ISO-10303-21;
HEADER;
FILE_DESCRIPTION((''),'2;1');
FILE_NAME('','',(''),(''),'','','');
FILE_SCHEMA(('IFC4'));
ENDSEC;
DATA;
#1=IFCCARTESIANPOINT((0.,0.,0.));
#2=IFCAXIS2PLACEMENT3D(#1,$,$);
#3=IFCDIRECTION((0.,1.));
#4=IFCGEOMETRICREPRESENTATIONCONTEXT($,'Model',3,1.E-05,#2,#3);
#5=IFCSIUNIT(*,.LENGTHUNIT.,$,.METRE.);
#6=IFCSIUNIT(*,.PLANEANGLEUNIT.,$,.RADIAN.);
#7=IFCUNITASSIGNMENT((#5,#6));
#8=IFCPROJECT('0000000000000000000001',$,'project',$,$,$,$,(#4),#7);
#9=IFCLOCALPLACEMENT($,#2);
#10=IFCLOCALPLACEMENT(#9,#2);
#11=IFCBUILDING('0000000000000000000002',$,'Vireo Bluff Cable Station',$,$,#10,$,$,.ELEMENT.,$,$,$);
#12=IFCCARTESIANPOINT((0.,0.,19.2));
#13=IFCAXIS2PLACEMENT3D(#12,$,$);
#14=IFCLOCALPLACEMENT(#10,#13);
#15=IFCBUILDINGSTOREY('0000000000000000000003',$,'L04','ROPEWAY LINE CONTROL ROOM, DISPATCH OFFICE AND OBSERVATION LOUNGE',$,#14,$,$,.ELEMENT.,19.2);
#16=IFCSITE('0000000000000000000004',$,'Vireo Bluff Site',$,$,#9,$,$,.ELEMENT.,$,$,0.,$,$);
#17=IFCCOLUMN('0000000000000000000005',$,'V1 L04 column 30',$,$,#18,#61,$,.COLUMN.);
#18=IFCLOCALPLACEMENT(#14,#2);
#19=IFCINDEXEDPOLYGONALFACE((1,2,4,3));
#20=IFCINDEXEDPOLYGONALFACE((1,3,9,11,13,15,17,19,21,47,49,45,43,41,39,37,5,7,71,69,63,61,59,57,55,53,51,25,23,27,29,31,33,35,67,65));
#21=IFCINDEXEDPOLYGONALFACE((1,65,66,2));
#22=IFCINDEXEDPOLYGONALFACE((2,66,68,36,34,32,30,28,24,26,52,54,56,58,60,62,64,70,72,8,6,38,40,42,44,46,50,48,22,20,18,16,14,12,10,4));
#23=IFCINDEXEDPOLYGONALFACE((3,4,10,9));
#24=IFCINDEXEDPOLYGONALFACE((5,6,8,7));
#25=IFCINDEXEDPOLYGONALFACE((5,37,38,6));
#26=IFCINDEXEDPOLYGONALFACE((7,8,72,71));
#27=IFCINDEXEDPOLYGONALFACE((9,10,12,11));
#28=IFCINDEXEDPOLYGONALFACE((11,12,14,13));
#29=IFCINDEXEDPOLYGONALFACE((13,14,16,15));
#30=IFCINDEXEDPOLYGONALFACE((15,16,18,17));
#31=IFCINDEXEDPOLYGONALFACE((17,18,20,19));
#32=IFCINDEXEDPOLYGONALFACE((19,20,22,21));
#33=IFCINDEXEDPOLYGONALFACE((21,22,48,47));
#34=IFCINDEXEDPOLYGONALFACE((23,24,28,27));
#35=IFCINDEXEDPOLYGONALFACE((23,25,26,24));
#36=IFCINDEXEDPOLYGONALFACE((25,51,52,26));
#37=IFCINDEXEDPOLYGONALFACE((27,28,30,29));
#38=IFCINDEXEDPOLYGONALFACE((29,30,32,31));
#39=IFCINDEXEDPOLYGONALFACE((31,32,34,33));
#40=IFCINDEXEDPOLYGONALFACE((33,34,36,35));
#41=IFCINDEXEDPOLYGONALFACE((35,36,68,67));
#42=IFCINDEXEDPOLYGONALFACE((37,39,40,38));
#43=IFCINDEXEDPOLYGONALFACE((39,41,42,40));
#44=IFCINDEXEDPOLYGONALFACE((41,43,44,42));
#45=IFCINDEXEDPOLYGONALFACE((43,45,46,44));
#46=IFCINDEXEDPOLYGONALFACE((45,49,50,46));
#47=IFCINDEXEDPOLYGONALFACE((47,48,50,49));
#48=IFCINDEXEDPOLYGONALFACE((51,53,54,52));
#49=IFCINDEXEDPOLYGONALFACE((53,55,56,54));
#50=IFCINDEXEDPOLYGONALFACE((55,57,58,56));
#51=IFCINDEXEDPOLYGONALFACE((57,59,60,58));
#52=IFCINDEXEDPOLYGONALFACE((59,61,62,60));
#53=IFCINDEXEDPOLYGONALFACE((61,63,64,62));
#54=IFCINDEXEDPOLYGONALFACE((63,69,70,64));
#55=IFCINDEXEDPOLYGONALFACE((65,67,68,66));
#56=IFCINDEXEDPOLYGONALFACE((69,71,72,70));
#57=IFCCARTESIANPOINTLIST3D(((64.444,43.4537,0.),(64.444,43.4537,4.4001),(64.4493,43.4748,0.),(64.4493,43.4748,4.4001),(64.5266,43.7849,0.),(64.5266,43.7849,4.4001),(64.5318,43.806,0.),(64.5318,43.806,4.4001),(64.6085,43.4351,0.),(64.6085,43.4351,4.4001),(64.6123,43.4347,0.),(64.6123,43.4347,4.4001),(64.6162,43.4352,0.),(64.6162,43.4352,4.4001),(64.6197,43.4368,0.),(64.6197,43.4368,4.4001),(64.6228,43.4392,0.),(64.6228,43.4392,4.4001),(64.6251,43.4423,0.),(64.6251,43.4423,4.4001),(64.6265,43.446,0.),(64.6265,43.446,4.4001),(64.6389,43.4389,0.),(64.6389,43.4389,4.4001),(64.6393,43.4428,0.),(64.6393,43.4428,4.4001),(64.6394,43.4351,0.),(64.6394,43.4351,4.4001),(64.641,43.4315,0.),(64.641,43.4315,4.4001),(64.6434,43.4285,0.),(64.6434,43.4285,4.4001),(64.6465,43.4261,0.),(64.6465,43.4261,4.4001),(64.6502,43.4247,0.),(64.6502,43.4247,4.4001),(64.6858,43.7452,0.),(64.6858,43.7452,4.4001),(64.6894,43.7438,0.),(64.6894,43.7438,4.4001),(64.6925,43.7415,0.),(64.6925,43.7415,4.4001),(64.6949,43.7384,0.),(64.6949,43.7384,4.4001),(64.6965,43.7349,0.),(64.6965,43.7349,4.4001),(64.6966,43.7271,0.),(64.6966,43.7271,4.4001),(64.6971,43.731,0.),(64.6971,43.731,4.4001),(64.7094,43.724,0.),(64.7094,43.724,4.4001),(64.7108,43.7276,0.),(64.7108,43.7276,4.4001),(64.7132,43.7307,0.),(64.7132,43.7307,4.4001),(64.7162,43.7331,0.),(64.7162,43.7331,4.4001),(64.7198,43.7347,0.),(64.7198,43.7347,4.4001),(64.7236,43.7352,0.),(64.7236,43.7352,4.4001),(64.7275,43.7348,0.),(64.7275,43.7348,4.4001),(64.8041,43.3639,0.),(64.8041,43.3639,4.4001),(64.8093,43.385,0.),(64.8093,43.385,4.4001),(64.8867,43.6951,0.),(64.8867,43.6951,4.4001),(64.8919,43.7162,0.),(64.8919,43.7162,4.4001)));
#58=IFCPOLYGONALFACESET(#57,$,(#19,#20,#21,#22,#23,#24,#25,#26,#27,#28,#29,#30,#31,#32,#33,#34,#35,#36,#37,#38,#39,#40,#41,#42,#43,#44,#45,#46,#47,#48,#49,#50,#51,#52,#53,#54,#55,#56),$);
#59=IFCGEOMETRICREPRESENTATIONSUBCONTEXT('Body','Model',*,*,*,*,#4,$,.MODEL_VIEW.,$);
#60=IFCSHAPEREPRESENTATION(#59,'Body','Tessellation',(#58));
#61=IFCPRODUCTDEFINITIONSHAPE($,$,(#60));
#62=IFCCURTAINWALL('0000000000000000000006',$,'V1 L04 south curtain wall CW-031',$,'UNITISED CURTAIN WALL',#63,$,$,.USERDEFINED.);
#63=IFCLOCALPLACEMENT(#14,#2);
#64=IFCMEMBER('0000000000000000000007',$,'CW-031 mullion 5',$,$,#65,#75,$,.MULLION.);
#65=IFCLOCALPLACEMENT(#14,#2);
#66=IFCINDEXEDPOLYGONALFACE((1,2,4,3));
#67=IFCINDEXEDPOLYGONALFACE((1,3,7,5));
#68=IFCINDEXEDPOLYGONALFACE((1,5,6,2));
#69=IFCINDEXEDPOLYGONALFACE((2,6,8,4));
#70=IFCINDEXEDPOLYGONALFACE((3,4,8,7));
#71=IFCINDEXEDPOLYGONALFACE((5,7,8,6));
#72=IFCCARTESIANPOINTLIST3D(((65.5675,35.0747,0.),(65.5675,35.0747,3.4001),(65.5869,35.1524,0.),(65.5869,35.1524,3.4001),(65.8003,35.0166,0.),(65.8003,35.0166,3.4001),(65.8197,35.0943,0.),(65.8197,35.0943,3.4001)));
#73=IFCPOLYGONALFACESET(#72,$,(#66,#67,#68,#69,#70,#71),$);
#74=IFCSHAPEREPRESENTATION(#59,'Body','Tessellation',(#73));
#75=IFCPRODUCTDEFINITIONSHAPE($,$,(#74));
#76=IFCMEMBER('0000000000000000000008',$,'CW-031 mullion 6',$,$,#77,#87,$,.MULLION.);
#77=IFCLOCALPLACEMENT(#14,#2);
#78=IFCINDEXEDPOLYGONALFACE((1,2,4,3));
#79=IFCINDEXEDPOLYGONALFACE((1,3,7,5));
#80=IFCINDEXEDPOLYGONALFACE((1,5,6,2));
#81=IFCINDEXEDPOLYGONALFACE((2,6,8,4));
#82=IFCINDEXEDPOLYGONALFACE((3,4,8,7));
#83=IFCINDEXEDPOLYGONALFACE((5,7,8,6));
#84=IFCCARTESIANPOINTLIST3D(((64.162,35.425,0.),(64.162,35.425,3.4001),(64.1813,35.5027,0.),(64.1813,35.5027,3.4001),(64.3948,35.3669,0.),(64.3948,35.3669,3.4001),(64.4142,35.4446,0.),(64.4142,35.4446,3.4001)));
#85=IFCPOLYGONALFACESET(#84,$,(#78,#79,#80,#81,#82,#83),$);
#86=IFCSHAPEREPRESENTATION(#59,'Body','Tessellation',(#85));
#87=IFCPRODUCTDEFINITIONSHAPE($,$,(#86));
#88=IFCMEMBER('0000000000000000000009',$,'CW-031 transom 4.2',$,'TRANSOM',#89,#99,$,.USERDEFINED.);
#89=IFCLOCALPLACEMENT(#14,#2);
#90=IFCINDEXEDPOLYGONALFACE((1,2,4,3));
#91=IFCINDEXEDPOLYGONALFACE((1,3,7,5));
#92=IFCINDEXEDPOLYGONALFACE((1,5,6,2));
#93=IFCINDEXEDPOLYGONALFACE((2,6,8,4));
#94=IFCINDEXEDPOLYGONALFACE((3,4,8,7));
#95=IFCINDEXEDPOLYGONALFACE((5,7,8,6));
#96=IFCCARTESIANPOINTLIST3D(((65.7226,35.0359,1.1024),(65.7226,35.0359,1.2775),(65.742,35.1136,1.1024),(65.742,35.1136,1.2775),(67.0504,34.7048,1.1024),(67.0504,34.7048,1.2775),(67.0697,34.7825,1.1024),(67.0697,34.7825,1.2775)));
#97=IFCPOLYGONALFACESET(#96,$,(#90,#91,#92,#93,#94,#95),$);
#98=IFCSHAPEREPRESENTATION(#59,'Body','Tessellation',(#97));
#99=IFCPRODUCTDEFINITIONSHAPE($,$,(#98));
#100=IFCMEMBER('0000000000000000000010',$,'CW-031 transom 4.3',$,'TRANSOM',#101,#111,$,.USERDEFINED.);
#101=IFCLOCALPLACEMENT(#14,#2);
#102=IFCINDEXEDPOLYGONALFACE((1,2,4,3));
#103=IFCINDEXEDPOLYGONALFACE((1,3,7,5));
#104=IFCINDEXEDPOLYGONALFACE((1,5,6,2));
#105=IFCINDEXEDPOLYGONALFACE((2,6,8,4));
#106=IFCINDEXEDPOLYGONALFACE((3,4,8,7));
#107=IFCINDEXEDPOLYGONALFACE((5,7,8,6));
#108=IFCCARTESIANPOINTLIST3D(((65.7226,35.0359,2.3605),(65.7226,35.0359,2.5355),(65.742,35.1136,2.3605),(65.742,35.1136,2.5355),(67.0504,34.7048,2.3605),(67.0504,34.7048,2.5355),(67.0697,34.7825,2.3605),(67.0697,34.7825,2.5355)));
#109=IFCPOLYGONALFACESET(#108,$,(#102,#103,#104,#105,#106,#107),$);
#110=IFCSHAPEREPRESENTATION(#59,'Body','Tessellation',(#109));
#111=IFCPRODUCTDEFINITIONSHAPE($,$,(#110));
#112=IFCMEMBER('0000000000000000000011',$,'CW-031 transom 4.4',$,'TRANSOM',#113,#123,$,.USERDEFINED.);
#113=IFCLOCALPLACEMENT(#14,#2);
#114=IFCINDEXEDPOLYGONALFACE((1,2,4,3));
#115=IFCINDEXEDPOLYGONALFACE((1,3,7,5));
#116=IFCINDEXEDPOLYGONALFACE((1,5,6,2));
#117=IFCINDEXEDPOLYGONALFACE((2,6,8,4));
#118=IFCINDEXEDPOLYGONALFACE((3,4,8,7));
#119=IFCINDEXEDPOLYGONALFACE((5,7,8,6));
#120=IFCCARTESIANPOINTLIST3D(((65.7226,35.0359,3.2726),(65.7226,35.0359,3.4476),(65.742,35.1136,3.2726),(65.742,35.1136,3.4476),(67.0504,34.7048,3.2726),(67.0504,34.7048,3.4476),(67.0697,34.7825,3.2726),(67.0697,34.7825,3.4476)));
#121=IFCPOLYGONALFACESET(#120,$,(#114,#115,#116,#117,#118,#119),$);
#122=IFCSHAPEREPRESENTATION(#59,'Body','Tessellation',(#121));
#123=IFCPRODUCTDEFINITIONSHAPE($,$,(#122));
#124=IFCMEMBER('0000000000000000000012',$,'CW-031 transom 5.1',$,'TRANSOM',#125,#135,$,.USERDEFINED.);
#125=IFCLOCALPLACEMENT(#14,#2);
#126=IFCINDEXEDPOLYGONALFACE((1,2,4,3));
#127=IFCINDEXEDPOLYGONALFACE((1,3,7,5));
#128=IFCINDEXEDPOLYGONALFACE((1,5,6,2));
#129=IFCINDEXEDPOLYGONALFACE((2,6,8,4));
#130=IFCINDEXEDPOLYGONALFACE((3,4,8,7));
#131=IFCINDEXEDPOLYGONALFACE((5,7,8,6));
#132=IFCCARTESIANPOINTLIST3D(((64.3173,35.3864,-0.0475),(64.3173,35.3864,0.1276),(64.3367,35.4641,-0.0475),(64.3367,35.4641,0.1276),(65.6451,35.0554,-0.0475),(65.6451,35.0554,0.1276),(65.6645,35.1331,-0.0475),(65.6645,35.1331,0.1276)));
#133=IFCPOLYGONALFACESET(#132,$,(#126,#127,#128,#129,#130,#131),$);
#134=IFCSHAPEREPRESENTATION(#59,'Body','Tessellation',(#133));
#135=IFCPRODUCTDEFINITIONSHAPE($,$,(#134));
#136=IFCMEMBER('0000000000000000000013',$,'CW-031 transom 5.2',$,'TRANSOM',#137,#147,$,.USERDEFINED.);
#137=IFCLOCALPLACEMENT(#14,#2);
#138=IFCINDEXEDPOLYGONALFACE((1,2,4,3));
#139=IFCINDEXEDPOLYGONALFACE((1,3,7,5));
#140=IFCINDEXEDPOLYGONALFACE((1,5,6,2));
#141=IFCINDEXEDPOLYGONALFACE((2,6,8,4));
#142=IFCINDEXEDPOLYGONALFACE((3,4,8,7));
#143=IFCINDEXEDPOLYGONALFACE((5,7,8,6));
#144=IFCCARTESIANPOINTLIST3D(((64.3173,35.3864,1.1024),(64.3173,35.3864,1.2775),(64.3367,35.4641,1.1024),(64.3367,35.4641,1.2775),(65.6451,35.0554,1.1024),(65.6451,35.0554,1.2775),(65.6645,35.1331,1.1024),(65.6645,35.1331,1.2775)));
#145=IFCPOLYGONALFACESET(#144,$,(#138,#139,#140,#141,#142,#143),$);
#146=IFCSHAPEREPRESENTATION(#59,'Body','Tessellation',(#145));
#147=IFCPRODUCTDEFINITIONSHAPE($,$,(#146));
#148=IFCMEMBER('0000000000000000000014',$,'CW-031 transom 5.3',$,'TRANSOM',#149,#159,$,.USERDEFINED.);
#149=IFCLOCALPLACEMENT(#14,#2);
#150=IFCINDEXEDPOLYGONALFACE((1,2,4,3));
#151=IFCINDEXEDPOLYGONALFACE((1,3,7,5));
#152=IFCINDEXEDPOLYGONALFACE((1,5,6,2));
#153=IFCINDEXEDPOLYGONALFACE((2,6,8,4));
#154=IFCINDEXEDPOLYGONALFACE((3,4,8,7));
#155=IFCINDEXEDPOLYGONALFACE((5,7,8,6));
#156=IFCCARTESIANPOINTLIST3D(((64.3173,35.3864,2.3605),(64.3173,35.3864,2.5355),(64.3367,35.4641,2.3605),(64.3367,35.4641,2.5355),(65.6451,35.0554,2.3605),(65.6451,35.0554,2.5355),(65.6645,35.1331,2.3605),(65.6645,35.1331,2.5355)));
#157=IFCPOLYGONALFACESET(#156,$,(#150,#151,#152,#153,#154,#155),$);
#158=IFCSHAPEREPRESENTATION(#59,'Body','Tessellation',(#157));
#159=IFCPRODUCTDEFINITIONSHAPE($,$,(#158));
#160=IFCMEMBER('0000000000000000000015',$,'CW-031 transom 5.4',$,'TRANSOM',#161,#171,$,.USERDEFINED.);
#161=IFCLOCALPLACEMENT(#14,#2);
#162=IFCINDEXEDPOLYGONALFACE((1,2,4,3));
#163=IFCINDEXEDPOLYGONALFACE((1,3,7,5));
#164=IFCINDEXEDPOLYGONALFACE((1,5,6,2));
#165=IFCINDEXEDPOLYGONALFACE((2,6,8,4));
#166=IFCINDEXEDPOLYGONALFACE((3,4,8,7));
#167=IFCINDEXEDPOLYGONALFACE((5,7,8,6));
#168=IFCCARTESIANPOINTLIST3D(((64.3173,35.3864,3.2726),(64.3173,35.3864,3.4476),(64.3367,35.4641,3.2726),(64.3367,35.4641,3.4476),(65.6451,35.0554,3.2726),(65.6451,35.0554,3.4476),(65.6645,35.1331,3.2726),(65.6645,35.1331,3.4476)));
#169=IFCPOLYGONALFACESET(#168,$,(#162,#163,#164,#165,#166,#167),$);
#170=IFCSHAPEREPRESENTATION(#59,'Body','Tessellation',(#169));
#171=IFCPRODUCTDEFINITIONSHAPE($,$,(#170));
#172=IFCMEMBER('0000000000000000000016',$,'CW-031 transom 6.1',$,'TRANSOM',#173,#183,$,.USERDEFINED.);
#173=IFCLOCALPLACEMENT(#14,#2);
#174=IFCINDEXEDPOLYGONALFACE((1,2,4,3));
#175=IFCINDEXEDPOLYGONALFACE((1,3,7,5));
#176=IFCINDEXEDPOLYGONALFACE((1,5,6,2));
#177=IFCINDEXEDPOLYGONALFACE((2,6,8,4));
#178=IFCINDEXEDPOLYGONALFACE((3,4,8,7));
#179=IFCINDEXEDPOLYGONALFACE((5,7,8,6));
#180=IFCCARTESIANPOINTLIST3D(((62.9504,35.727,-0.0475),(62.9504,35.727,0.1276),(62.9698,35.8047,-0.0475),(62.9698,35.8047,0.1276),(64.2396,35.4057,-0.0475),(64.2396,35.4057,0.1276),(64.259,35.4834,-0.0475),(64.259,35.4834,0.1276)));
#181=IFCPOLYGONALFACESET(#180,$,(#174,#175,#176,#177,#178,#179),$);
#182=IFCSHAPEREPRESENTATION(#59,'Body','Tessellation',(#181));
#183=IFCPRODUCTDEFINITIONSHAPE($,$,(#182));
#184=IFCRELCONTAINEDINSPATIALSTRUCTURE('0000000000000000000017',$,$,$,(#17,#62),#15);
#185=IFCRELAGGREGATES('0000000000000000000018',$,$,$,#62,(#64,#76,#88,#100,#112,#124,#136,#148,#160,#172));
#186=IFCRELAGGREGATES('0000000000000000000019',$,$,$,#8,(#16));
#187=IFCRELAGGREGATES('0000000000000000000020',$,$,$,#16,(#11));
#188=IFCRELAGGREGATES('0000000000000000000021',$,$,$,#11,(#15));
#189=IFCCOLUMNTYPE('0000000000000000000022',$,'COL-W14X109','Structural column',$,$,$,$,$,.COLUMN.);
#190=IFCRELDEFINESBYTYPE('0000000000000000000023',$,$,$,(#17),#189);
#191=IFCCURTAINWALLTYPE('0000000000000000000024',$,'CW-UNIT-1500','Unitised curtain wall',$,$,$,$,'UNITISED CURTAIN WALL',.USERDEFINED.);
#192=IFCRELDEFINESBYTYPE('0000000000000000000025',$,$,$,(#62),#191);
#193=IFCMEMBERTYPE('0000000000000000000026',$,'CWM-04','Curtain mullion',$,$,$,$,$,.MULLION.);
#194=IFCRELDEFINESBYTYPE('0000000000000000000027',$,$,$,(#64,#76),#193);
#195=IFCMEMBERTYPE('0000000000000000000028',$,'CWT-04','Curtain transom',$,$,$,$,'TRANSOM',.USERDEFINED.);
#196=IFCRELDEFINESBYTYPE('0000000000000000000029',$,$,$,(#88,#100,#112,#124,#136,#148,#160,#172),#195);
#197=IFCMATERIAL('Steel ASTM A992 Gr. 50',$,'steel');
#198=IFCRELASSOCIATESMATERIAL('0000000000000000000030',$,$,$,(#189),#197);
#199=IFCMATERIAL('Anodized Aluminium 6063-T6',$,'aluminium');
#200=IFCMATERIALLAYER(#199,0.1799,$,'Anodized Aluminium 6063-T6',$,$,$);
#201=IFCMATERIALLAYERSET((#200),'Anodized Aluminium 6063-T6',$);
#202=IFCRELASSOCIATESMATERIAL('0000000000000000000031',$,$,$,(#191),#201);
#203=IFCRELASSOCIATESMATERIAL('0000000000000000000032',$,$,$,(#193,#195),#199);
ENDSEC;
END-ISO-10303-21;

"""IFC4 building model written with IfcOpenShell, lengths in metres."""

from ifc_helpers import new_model, si_unit, direction, frame, origin, origin_2d, place, context, subcontext, project, spatial, rectangle, i_section, extrude, material, layer, layer_set, material_profile, profile_set, type_object, element, aggregate, save


model = new_model("IFC4")

# Units and contexts
model_context = context("Model", 3, precision=1e-05, world=origin(), true_north=direction((0.0, 1.0)))
body_context = subcontext(model_context, "Body", "Model", "MODEL_VIEW")
ifc_project = project(units=[si_unit("LENGTHUNIT", "METRE"), si_unit("PLANEANGLEUNIT", "RADIAN")], contexts=[model_context])

# Site, building, storey
site_placement = place(None, origin())
site = spatial("IfcSite", under=ifc_project, at=site_placement, Name="Vireo Bluff Site", CompositionType="ELEMENT", RefElevation=0.0)
building_placement = place(site_placement, origin())
building = spatial("IfcBuilding", under=site, at=building_placement, Name="Vireo Bluff Cable Station", CompositionType="ELEMENT")
storey_placement = place(building_placement, frame((0.0, 0.0, 19.2)))
storey = spatial("IfcBuildingStorey", under=building, at=storey_placement, Name="L04", Description="ROPEWAY LINE CONTROL ROOM, DISPATCH OFFICE AND OBSERVATION LOUNGE", CompositionType="ELEMENT", Elevation=19.2)

# Column
ifc_material_1 = material(Name="Steel ASTM A992 Gr. 50", Category="steel")
ifc_material_profile_1 = material_profile(ifc_material_1, i_section(OverallWidth=0.3711, OverallDepth=0.363, WebThickness=0.0132, FlangeThickness=0.0217, FilletRadius=0.0149, at=origin_2d()), Name="W14X109")
ifc_profile_set_1 = profile_set([ifc_material_profile_1], Name="Steel ASTM A992 Gr. 50")
column_type = type_object("IfcColumnType", Name="COL-W14X109", Description="Structural column", PredefinedType="COLUMN", material=ifc_profile_set_1)
column_placement = place(storey_placement, frame((64.668, 43.585, 0.0), z_axis=(0.0, 0.0, 1.0), x_axis=(0.970296, -0.241922, 0.0)))
element("IfcColumn", 1, at=column_placement, inside=storey, type_object=column_type, Name="V1 L04 column 30", PredefinedType="COLUMN", context=body_context, shape_type="SweptSolid", body=[
    extrude(i_section(OverallWidth=0.3711, OverallDepth=0.363, WebThickness=0.0132, FlangeThickness=0.0217, FilletRadius=0.0149, at=origin_2d()), origin(), (0.0, 0.0, 1.0), 4.4001),
])

# Curtain wall, members
ifc_material_2 = material(Name="Anodized Aluminium 6063-T6", Category="aluminium")
ifc_layer_1 = layer(ifc_material_2, 0.1799, Name="Anodized Aluminium 6063-T6")
ifc_layer_set_1 = layer_set([ifc_layer_1], Name="Anodized Aluminium 6063-T6")
curtain_wall_type = type_object("IfcCurtainWallType", Name="CW-UNIT-1500", Description="Unitised curtain wall", ElementType="UNITISED CURTAIN WALL", PredefinedType="USERDEFINED", material=ifc_layer_set_1)
curtain_wall_placement = place(storey_placement, origin())
curtain_wall = element("IfcCurtainWall", 2, at=curtain_wall_placement, inside=storey, type_object=curtain_wall_type, Name="V1 L04 south curtain wall CW-031", ObjectType="UNITISED CURTAIN WALL", PredefinedType="USERDEFINED")
ifc_material_profile_2 = material_profile(ifc_material_2, rectangle(XDim=0.0801, YDim=0.24, at=origin_2d()), Name="ALU-M-80X240")
ifc_profile_set_2 = profile_set([ifc_material_profile_2], Name="Anodized Aluminium 6063-T6")
member_type_1 = type_object("IfcMemberType", Name="CWM-04", Description="Curtain mullion", PredefinedType="MULLION", material=ifc_profile_set_2)
member_1_placement = place(storey_placement, frame((65.6936, 35.0845, 0.0), z_axis=(0.0, 0.0, 1.0), x_axis=(-0.241922, -0.970296, 0.0)))
member_1 = element("IfcMember", 3, at=member_1_placement, type_object=member_type_1, Name="CW-031 mullion 5", PredefinedType="MULLION", context=body_context, shape_type="SweptSolid", body=[
    extrude(rectangle(XDim=0.0801, YDim=0.24, at=origin_2d()), origin(), (0.0, 0.0, 1.0), 3.4001),
])
member_2_placement = place(storey_placement, frame((64.2881, 35.4348, 0.0), z_axis=(0.0, 0.0, 1.0), x_axis=(-0.241922, -0.970296, 0.0)))
member_2 = element("IfcMember", 4, at=member_2_placement, type_object=member_type_1, Name="CW-031 mullion 6", PredefinedType="MULLION", context=body_context, shape_type="SweptSolid", body=[
    extrude(rectangle(XDim=0.0801, YDim=0.24, at=origin_2d()), origin(), (0.0, 0.0, 1.0), 3.4001),
])
ifc_material_profile_3 = material_profile(ifc_material_2, rectangle(XDim=0.0801, YDim=0.175, at=origin_2d()), Name="ALU-T-80X175")
ifc_profile_set_3 = profile_set([ifc_material_profile_3], Name="Anodized Aluminium 6063-T6")
member_type_2 = type_object("IfcMemberType", Name="CWT-04", Description="Curtain transom", ElementType="TRANSOM", PredefinedType="USERDEFINED", material=ifc_profile_set_3)
member_3_placement = place(storey_placement, frame((67.0601, 34.7437, 1.1899), z_axis=(-0.970289, 0.241948, 0.0), x_axis=(-0.241948, -0.970289, 0.0)))
member_3 = element("IfcMember", 5, at=member_3_placement, type_object=member_type_2, Name="CW-031 transom 4.2", ObjectType="TRANSOM", PredefinedType="USERDEFINED", context=body_context, shape_type="SweptSolid", body=[
    extrude(rectangle(XDim=0.0801, YDim=0.175, at=origin_2d()), origin(), (0.0, 0.0, 1.0), 1.3684),
])
member_4_placement = place(storey_placement, frame((67.0601, 34.7437, 2.448), z_axis=(-0.970289, 0.241948, 0.0), x_axis=(-0.241948, -0.970289, 0.0)))
member_4 = element("IfcMember", 6, at=member_4_placement, type_object=member_type_2, Name="CW-031 transom 4.3", ObjectType="TRANSOM", PredefinedType="USERDEFINED", context=body_context, shape_type="SweptSolid", body=[
    extrude(rectangle(XDim=0.0801, YDim=0.175, at=origin_2d()), origin(), (0.0, 0.0, 1.0), 1.3684),
])
member_5_placement = place(storey_placement, frame((67.0601, 34.7437, 3.3601), z_axis=(-0.970289, 0.241948, 0.0), x_axis=(-0.241948, -0.970289, 0.0)))
member_5 = element("IfcMember", 7, at=member_5_placement, type_object=member_type_2, Name="CW-031 transom 4.4", ObjectType="TRANSOM", PredefinedType="USERDEFINED", context=body_context, shape_type="SweptSolid", body=[
    extrude(rectangle(XDim=0.0801, YDim=0.175, at=origin_2d()), origin(), (0.0, 0.0, 1.0), 1.3684),
])
member_6_placement = place(storey_placement, frame((65.6548, 35.0942, 0.04), z_axis=(-0.9703, 0.241906, 0.0), x_axis=(-0.241906, -0.9703, 0.0)))
member_6 = element("IfcMember", 8, at=member_6_placement, type_object=member_type_2, Name="CW-031 transom 5.1", ObjectType="TRANSOM", PredefinedType="USERDEFINED", context=body_context, shape_type="SweptSolid", body=[
    extrude(rectangle(XDim=0.0801, YDim=0.175, at=origin_2d()), origin(), (0.0, 0.0, 1.0), 1.3684),
])
member_7_placement = place(storey_placement, frame((65.6548, 35.0942, 1.1899), z_axis=(-0.9703, 0.241906, 0.0), x_axis=(-0.241906, -0.9703, 0.0)))
member_7 = element("IfcMember", 9, at=member_7_placement, type_object=member_type_2, Name="CW-031 transom 5.2", ObjectType="TRANSOM", PredefinedType="USERDEFINED", context=body_context, shape_type="SweptSolid", body=[
    extrude(rectangle(XDim=0.0801, YDim=0.175, at=origin_2d()), origin(), (0.0, 0.0, 1.0), 1.3684),
])
member_8_placement = place(storey_placement, frame((65.6548, 35.0942, 2.448), z_axis=(-0.9703, 0.241906, 0.0), x_axis=(-0.241906, -0.9703, 0.0)))
member_8 = element("IfcMember", 10, at=member_8_placement, type_object=member_type_2, Name="CW-031 transom 5.3", ObjectType="TRANSOM", PredefinedType="USERDEFINED", context=body_context, shape_type="SweptSolid", body=[
    extrude(rectangle(XDim=0.0801, YDim=0.175, at=origin_2d()), origin(), (0.0, 0.0, 1.0), 1.3684),
])
member_9_placement = place(storey_placement, frame((65.6548, 35.0942, 3.3601), z_axis=(-0.9703, 0.241906, 0.0), x_axis=(-0.241906, -0.9703, 0.0)))
member_9 = element("IfcMember", 11, at=member_9_placement, type_object=member_type_2, Name="CW-031 transom 5.4", ObjectType="TRANSOM", PredefinedType="USERDEFINED", context=body_context, shape_type="SweptSolid", body=[
    extrude(rectangle(XDim=0.0801, YDim=0.175, at=origin_2d()), origin(), (0.0, 0.0, 1.0), 1.3684),
])
member_10_placement = place(storey_placement, frame((64.2493, 35.4446, 0.04), z_axis=(-0.970315, 0.241844, 0.0), x_axis=(-0.241844, -0.970315, 0.0)))
member_10 = element("IfcMember", 12, at=member_10_placement, type_object=member_type_2, Name="CW-031 transom 6.1", ObjectType="TRANSOM", PredefinedType="USERDEFINED", context=body_context, shape_type="SweptSolid", body=[
    extrude(rectangle(XDim=0.0801, YDim=0.175, at=origin_2d()), origin(), (0.0, 0.0, 1.0), 1.3286),
])
aggregate(curtain_wall, [member_1, member_2, member_3, member_4, member_5, member_6, member_7, member_8, member_9, member_10])

save(model, "model.ifc")
